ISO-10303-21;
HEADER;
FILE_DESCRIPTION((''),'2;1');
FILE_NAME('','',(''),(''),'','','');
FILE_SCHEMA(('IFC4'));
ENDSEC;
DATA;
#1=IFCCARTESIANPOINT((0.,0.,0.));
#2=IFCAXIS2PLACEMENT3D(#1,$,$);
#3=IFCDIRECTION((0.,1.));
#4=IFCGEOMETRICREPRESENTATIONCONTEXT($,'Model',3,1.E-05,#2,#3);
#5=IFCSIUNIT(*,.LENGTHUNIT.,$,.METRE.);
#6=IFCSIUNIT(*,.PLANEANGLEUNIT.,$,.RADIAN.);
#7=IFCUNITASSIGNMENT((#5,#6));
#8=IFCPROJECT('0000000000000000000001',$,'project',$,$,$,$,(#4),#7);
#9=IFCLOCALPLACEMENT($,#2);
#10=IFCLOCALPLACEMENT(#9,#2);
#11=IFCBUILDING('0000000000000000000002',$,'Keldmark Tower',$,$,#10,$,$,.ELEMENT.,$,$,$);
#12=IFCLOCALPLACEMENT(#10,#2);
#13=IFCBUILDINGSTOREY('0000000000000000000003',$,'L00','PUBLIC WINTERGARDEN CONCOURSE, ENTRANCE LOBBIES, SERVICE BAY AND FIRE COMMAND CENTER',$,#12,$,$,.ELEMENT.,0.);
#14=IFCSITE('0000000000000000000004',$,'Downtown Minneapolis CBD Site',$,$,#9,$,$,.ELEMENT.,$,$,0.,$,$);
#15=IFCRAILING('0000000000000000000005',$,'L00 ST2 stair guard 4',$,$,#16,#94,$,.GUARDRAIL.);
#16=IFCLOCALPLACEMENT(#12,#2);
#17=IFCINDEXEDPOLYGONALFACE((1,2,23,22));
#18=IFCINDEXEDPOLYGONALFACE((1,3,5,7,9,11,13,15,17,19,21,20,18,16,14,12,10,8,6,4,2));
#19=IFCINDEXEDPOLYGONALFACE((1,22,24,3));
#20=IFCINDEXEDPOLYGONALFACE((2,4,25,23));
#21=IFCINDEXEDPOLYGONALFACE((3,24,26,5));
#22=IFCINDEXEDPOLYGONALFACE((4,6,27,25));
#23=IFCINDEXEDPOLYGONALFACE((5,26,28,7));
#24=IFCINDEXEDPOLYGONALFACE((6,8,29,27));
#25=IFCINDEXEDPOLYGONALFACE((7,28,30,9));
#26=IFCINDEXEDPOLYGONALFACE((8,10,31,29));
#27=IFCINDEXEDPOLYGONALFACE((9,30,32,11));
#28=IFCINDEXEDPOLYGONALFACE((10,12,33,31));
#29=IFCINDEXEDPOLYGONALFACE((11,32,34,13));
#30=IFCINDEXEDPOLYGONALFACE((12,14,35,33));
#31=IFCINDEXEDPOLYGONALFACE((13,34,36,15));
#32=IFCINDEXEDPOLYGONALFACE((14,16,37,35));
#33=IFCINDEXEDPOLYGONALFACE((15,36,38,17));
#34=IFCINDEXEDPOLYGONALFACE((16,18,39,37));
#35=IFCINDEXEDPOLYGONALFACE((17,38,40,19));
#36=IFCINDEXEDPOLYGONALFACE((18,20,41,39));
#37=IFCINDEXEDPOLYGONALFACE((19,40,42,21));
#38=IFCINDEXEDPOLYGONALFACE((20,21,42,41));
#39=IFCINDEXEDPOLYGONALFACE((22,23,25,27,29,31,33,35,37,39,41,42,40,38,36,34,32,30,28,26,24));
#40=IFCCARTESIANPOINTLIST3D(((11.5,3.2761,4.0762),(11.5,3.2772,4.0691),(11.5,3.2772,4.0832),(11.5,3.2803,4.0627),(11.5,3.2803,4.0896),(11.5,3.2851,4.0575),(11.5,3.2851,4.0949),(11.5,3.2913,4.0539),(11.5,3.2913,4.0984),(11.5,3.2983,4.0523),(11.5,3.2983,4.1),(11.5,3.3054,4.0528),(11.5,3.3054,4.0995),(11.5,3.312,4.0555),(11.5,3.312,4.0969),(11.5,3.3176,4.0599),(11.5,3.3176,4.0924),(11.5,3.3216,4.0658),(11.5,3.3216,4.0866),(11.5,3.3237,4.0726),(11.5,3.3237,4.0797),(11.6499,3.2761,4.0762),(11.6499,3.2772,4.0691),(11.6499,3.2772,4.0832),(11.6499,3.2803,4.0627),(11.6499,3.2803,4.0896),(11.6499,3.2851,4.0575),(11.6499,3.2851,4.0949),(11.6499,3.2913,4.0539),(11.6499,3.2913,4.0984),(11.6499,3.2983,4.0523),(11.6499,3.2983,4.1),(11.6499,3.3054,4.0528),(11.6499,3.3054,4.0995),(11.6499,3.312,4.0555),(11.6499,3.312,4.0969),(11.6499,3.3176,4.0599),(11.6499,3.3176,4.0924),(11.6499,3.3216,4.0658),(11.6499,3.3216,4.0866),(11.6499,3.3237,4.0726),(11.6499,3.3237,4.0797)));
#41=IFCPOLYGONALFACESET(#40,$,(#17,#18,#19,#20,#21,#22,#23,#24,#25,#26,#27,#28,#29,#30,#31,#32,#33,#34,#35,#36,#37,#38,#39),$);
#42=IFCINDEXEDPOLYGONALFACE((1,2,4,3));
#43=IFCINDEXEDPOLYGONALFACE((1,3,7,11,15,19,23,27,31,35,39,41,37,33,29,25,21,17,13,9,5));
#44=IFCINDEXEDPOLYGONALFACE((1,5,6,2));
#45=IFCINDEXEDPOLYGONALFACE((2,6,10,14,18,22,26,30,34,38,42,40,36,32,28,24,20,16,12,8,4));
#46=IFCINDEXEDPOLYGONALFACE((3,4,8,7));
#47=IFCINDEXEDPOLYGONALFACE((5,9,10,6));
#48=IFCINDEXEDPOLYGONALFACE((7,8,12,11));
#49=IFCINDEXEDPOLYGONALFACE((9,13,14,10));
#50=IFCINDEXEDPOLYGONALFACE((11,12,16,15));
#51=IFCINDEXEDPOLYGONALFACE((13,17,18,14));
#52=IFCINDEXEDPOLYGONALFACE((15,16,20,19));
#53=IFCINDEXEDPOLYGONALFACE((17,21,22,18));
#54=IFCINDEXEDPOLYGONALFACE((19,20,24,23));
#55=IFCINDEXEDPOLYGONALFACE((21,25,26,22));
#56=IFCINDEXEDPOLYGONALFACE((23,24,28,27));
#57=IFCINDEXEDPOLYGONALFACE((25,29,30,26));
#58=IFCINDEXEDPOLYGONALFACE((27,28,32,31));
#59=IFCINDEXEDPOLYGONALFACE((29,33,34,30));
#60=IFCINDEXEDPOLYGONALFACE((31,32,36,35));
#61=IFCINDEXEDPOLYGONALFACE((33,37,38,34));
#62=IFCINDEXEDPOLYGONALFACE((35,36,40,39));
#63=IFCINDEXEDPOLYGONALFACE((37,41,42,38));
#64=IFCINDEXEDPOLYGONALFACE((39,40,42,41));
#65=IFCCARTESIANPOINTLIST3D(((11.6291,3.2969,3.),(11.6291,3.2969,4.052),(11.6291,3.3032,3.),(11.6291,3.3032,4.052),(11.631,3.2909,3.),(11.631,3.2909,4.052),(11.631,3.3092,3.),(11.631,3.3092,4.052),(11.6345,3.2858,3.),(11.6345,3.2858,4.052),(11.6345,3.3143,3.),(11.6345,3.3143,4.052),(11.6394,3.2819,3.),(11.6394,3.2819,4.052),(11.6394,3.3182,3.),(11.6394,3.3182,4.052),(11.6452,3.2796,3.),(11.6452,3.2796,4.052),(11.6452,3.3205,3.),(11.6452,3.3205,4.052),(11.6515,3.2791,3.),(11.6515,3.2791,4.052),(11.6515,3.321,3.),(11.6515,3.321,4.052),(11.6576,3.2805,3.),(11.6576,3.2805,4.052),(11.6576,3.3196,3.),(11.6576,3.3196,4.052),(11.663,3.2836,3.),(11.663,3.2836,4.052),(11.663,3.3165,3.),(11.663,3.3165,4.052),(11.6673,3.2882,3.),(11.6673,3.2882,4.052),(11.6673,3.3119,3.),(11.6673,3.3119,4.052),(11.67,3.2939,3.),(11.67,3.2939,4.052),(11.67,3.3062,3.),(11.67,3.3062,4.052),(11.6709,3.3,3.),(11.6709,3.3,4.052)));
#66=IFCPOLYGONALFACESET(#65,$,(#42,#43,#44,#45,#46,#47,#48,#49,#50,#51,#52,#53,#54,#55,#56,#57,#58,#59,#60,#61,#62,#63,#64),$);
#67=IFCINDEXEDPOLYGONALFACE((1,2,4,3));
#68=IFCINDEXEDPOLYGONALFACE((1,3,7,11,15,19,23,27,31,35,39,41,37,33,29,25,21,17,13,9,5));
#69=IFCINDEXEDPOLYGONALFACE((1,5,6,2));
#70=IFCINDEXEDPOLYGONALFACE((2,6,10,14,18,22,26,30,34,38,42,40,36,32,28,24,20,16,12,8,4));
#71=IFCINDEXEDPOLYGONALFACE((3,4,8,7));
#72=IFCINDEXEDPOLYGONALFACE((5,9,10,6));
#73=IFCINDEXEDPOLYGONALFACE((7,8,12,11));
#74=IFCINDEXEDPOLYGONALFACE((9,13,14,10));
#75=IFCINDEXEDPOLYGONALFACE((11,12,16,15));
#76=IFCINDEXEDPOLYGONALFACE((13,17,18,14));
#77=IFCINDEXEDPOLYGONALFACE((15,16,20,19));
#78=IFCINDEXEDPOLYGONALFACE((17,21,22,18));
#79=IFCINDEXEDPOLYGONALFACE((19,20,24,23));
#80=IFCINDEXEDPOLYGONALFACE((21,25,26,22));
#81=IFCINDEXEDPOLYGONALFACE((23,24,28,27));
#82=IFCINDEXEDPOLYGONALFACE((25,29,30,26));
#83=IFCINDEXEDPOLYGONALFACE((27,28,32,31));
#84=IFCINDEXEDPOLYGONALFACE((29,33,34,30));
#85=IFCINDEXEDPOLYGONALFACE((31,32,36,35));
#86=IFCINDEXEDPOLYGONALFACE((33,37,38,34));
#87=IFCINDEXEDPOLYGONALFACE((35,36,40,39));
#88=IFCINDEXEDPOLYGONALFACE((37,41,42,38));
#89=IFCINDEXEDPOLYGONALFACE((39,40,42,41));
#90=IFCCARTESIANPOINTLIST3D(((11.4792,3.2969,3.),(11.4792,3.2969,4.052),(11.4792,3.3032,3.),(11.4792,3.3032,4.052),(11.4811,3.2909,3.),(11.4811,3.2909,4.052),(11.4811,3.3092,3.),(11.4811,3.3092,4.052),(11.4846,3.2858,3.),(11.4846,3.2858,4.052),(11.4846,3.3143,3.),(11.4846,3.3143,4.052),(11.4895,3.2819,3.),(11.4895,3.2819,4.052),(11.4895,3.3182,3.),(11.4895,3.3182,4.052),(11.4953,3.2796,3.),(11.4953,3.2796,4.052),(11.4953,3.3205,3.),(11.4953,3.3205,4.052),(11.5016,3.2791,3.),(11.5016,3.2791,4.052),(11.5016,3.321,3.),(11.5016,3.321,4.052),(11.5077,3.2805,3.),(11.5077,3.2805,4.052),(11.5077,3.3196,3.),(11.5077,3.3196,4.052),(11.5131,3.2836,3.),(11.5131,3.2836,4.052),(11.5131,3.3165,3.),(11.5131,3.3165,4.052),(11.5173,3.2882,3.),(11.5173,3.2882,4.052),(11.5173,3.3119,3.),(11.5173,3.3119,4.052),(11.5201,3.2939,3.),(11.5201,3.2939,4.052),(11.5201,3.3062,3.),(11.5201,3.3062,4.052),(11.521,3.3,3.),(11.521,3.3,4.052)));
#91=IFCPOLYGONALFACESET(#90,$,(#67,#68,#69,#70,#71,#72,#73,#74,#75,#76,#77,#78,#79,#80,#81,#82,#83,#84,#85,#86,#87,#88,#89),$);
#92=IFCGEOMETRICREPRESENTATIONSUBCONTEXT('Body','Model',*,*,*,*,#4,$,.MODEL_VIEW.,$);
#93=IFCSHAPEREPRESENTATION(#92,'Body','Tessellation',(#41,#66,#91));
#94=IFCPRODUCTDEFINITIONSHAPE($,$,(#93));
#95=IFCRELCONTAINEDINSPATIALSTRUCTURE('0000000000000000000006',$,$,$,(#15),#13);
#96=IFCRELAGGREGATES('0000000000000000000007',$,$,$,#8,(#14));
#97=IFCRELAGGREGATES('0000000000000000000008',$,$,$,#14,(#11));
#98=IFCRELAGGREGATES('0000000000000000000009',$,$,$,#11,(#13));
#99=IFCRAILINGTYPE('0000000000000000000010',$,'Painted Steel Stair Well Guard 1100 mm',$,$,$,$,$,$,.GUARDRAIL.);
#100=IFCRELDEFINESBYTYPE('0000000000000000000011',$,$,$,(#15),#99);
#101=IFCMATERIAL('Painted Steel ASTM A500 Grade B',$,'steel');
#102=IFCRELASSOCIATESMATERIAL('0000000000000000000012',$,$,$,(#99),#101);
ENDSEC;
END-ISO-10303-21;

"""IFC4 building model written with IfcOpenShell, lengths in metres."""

from ifc_helpers import new_model, si_unit, direction, frame, origin, origin_2d, place, context, subcontext, project, spatial, circle, extrude, material, type_object, element, save


model = new_model("IFC4")

# Units and contexts
model_context = context("Model", 3, precision=1e-05, world=origin(), true_north=direction((0.0, 1.0)))
body_context = subcontext(model_context, "Body", "Model", "MODEL_VIEW")
ifc_project = project(units=[si_unit("LENGTHUNIT", "METRE"), si_unit("PLANEANGLEUNIT", "RADIAN")], contexts=[model_context])

# Site, building, storey
site_placement = place(None, origin())
site = spatial("IfcSite", under=ifc_project, at=site_placement, Name="Downtown Minneapolis CBD Site", CompositionType="ELEMENT", RefElevation=0.0)
building_placement = place(site_placement, origin())
building = spatial("IfcBuilding", under=site, at=building_placement, Name="Keldmark Tower", CompositionType="ELEMENT")
storey_placement = place(building_placement, origin())
storey = spatial("IfcBuildingStorey", under=building, at=storey_placement, Name="L00", Description="PUBLIC WINTERGARDEN CONCOURSE, ENTRANCE LOBBIES, SERVICE BAY AND FIRE COMMAND CENTER", CompositionType="ELEMENT", Elevation=0.0)

# Railing
ifc_material_1 = material(Name="Painted Steel ASTM A500 Grade B", Category="steel")
railing_type_1 = type_object("IfcRailingType", Name="Painted Steel Stair Well Guard 1100 mm", PredefinedType="GUARDRAIL", material=ifc_material_1)
railing_1_placement = place(storey_placement, frame((11.6499, 3.3, 3.0)))
element("IfcRailing", 1, at=railing_1_placement, inside=storey, type_object=railing_type_1, Name="L00 ST2 stair guard 4", PredefinedType="GUARDRAIL", context=body_context, shape_type="SweptSolid", body=[
    extrude(circle(Radius=0.0239, at=origin_2d()), frame((0.0, 0.0, 1.0762), z_axis=(-1.0, 0.0, 0.0), x_axis=(0.0, -1.0, 0.0)), (0.0, 0.0, 1.0), 0.1499),
    extrude(circle(Radius=0.021, at=origin_2d()), origin(), (0.0, 0.0, 1.0), 1.052),
    extrude(circle(Radius=0.021, at=origin_2d()), frame((-0.1499, 0.0, 0.0)), (0.0, 0.0, 1.0), 1.052),
])

save(model, "model.ifc")
